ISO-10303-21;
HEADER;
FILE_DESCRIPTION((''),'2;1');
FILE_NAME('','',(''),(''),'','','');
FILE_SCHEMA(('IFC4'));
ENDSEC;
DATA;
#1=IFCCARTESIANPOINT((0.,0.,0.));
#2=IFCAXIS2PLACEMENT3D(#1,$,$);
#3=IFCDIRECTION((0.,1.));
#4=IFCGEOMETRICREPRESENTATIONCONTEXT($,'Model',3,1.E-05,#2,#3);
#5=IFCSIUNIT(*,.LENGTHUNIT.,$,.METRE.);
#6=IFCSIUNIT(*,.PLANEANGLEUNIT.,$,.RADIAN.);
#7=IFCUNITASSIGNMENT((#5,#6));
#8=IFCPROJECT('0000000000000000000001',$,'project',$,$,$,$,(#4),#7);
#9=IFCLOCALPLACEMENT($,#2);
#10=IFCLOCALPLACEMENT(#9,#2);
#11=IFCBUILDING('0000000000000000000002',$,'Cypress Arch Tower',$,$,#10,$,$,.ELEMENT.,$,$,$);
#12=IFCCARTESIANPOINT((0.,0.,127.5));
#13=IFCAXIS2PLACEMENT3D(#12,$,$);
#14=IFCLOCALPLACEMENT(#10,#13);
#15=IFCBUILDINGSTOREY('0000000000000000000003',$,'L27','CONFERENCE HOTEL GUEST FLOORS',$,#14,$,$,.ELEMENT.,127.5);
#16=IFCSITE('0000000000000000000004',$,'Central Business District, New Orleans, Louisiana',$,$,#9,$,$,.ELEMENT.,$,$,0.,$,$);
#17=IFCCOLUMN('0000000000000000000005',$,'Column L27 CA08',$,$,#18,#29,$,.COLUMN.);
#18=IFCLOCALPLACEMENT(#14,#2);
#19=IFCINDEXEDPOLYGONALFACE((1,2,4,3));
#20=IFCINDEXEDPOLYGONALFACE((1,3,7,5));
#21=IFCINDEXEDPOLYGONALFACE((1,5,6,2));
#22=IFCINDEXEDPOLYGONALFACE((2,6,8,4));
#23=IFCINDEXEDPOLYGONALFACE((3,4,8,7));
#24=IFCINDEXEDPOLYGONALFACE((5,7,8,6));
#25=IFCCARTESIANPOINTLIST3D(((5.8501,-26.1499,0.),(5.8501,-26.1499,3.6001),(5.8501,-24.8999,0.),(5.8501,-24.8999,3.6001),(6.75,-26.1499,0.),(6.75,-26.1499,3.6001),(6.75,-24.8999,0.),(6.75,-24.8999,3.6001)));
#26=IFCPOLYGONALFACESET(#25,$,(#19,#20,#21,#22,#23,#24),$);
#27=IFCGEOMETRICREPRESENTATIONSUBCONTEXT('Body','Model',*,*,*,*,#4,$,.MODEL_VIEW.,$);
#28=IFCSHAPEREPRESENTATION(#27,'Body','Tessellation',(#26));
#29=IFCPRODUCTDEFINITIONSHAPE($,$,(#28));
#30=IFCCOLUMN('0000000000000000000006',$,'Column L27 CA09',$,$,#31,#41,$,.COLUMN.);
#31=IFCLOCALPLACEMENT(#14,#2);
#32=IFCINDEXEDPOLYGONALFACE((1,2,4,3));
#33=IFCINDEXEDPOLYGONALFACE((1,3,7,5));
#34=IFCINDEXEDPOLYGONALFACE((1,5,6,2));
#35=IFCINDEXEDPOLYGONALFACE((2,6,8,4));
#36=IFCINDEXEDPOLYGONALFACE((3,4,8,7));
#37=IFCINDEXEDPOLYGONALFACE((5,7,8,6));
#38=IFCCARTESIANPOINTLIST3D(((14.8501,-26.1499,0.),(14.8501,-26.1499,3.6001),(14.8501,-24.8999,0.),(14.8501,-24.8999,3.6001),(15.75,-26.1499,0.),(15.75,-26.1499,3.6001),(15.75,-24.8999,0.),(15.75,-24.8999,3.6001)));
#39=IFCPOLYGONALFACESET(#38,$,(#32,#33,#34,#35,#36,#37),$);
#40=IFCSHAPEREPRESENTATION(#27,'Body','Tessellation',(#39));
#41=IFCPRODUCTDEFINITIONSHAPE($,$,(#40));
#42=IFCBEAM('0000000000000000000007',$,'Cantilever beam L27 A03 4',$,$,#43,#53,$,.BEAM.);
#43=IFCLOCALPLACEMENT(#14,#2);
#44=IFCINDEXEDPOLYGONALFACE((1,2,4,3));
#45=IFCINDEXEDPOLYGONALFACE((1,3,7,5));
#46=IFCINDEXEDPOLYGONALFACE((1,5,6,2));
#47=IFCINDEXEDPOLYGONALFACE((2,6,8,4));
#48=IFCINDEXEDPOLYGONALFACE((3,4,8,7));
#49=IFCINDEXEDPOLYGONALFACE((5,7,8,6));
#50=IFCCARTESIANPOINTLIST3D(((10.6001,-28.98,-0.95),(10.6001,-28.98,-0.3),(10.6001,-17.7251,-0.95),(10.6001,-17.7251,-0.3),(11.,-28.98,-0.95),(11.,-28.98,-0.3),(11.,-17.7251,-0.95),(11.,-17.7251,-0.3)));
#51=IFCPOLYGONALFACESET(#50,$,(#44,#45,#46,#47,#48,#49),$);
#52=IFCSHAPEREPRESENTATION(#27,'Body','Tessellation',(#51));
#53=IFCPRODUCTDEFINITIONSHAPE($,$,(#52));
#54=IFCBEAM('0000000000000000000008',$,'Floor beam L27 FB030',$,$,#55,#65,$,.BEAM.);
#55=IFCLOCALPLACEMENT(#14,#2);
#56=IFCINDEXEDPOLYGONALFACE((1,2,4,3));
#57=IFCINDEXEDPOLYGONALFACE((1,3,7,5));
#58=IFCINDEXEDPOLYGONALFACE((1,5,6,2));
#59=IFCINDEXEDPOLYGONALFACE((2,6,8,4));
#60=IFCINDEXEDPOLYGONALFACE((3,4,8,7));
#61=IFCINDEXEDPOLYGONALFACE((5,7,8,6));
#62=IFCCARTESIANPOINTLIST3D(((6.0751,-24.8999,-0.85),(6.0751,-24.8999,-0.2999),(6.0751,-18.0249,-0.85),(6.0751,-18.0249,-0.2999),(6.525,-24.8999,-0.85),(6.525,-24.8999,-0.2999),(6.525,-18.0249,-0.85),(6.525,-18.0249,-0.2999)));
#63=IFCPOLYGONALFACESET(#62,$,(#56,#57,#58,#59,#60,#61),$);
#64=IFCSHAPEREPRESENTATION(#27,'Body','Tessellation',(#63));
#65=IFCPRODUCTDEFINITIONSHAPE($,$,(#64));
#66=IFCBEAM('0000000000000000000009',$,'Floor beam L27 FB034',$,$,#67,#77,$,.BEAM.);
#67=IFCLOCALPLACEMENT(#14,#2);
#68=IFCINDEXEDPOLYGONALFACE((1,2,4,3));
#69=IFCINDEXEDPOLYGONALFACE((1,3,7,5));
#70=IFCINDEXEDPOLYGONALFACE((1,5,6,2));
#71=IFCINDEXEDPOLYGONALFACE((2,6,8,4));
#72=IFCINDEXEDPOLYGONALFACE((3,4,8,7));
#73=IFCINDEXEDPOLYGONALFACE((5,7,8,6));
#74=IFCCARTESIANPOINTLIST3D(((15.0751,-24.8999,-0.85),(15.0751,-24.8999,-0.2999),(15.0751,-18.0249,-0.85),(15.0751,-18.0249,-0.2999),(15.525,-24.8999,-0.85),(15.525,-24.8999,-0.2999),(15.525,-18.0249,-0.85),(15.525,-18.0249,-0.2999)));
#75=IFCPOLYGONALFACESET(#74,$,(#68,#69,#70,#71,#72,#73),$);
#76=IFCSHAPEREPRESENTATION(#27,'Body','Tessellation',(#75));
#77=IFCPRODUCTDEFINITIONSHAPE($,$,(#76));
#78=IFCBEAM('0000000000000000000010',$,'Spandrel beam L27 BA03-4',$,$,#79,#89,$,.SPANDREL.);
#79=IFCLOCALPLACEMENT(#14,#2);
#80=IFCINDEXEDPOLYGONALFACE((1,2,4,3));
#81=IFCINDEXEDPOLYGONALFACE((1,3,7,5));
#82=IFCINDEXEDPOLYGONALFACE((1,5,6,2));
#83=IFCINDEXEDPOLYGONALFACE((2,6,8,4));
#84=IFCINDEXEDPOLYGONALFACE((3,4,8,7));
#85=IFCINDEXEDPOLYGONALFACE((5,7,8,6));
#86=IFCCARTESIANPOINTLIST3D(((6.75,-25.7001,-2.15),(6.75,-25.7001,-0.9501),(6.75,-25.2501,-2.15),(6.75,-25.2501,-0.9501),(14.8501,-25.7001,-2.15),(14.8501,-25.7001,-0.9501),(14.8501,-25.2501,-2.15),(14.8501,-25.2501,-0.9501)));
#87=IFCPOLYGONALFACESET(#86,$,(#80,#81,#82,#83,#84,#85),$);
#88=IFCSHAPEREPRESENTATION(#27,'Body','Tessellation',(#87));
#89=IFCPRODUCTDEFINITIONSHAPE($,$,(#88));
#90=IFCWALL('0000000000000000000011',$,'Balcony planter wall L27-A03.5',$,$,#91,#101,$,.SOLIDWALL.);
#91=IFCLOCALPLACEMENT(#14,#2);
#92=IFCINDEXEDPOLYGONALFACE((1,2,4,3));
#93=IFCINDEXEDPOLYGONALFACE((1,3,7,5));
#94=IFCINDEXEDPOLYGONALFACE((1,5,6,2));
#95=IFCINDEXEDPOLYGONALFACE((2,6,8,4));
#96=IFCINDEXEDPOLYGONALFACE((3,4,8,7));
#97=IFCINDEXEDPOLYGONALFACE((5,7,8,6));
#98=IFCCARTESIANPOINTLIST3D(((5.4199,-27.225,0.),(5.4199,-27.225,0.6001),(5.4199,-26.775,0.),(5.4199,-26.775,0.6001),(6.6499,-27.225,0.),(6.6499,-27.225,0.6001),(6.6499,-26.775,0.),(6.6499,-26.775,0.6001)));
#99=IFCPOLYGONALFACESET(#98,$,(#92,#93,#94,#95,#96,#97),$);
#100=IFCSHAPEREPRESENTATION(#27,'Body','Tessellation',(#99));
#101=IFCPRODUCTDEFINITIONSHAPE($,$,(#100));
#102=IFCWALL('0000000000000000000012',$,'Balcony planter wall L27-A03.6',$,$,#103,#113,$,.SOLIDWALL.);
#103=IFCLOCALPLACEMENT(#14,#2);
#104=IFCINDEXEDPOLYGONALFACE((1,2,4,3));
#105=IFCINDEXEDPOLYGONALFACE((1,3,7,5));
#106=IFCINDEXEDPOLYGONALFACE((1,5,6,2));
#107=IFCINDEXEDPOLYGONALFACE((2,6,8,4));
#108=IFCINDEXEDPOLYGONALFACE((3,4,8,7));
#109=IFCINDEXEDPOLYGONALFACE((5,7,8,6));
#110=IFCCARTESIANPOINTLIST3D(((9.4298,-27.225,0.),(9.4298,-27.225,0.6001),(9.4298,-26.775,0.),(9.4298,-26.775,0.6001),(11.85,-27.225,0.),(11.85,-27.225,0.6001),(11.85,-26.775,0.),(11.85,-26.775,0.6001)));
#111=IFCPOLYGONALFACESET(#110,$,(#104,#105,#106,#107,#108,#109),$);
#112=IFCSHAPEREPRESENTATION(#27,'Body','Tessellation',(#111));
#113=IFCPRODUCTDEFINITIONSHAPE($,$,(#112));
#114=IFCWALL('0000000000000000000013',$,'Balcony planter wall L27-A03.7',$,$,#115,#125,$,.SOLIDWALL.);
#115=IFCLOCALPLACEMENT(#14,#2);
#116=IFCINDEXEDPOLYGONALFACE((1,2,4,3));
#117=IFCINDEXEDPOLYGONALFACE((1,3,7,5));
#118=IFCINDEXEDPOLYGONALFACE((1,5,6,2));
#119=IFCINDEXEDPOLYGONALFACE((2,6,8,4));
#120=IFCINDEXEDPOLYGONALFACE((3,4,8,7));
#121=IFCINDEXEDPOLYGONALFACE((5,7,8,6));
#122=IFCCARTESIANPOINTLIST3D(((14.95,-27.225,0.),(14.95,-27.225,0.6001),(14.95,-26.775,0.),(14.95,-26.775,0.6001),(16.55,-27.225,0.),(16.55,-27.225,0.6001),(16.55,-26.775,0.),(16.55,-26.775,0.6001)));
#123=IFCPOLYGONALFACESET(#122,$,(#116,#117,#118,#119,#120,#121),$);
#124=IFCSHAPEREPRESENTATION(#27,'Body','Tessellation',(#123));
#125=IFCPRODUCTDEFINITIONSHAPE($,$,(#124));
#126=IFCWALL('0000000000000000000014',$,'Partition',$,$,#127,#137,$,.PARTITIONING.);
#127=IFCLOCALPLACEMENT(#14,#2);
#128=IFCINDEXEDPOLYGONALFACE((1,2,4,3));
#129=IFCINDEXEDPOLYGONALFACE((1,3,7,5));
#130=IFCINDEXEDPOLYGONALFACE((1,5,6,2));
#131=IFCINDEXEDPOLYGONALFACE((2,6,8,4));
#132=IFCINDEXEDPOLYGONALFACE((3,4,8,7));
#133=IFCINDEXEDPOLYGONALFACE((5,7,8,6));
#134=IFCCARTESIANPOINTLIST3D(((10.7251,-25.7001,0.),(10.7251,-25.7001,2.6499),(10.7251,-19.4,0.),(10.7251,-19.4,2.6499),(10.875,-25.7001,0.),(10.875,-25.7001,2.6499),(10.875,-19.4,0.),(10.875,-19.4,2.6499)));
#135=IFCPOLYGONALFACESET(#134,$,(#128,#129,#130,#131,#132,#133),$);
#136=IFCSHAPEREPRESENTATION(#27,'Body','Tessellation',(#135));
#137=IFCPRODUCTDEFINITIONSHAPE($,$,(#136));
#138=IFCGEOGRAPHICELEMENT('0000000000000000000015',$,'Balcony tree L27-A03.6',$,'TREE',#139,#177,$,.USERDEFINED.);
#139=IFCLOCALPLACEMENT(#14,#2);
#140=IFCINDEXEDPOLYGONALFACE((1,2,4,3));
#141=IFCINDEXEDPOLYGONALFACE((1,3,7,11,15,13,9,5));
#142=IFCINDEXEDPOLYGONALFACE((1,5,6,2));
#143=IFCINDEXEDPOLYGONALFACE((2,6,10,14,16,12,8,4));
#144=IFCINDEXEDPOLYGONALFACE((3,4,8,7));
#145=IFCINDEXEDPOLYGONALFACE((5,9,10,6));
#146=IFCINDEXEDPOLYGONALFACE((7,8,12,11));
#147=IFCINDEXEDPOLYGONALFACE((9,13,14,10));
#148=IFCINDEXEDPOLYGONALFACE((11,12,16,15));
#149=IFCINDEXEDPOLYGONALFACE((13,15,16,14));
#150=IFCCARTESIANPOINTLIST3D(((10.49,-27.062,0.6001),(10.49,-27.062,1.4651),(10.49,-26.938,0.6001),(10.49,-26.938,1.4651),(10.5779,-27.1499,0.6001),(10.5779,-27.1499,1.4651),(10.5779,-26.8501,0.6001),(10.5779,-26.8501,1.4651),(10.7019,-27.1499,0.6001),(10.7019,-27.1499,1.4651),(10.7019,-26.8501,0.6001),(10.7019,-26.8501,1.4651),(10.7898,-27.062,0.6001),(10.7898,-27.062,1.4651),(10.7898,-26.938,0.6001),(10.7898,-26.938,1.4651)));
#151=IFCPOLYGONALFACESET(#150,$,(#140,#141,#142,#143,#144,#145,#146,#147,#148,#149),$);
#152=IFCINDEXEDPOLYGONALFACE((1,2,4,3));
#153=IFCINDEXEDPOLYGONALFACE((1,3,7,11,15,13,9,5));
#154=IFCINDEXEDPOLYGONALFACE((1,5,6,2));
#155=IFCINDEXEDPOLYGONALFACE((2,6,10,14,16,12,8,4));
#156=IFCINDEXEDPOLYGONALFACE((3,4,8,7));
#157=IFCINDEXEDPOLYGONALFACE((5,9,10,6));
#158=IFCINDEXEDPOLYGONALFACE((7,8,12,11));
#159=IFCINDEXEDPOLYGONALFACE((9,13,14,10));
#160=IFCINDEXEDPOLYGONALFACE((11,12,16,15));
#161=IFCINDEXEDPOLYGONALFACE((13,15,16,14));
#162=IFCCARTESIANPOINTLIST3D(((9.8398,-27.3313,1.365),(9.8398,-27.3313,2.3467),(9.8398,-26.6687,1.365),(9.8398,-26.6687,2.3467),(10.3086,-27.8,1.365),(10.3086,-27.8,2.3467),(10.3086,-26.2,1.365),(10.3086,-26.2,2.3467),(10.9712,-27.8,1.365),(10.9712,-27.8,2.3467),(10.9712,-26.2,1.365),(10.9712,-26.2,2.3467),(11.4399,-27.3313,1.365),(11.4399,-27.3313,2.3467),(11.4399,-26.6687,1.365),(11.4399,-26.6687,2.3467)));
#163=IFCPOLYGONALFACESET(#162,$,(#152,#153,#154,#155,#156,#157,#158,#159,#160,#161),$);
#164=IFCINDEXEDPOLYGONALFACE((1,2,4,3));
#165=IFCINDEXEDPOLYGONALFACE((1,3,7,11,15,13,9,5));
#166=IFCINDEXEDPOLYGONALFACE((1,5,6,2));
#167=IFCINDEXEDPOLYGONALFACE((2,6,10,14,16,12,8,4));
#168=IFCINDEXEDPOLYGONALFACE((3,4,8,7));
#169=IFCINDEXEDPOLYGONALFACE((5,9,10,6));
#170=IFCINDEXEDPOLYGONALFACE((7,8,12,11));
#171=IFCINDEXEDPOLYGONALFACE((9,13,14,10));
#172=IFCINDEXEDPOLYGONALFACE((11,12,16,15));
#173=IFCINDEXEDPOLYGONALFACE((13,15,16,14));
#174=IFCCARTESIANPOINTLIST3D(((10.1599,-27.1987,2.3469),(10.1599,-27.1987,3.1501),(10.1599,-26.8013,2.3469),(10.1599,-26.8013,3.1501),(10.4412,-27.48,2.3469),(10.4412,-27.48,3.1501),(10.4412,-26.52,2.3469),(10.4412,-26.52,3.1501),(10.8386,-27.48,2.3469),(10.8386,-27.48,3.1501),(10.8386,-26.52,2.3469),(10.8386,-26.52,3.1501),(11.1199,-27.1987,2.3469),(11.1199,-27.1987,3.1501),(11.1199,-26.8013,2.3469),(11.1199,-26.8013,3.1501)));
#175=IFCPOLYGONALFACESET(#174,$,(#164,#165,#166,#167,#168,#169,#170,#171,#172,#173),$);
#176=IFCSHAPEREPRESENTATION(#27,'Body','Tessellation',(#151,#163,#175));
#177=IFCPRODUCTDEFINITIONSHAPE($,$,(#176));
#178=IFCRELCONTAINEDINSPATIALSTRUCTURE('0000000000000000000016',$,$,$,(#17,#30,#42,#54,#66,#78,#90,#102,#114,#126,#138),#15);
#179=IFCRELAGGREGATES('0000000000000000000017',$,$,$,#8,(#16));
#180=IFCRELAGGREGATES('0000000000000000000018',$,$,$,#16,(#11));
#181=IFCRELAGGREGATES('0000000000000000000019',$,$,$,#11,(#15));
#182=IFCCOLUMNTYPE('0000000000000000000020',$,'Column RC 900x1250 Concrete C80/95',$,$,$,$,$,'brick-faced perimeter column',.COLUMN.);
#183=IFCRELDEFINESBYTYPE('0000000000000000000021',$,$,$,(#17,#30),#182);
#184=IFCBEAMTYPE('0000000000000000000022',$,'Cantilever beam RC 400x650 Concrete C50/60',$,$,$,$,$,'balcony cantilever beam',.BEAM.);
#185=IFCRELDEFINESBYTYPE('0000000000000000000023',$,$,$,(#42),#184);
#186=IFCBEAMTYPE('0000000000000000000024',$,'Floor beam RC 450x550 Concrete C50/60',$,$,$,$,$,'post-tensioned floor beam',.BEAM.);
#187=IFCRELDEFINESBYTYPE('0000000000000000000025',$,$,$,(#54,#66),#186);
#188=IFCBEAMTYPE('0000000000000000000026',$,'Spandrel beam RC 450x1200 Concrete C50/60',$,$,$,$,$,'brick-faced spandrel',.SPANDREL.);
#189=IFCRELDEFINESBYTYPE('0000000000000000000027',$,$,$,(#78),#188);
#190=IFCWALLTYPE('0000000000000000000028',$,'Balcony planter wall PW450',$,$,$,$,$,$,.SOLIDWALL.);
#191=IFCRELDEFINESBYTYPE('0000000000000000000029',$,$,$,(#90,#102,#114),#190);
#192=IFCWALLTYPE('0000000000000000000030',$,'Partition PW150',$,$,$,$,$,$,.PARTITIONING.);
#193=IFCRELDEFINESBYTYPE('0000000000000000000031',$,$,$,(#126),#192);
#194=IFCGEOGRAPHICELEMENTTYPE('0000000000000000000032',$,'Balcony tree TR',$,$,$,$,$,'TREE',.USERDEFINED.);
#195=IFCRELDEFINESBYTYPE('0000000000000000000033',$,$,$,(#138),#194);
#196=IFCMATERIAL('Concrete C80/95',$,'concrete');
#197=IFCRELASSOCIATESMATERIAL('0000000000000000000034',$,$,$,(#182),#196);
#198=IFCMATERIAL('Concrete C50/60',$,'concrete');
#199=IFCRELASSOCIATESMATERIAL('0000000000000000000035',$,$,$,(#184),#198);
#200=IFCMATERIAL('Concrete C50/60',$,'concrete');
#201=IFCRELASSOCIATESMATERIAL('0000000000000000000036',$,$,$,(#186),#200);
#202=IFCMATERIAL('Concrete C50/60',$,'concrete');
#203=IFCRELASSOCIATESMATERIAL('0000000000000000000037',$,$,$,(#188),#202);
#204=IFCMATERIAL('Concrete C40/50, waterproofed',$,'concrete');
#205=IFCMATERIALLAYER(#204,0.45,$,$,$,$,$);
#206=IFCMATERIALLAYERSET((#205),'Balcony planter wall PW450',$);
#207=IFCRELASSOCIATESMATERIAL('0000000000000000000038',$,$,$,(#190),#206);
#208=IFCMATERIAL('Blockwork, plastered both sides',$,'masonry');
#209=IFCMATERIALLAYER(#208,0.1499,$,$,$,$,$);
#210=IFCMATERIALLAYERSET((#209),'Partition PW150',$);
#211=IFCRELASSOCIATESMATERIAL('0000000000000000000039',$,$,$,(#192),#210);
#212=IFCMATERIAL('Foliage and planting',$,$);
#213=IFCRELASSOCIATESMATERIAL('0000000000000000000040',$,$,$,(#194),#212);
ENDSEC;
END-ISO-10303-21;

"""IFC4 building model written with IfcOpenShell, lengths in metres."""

from ifc_helpers import new_model, si_unit, direction, frame, frame_2d, origin, origin_2d, place, context, subcontext, project, spatial, polyline, rectangle, outline, extrude, material, layer, layer_set, material_profile, profile_set, type_object, element, save


model = new_model("IFC4")

# Units and contexts
model_context = context("Model", 3, precision=1e-05, world=origin(), true_north=direction((0.0, 1.0)))
body_context = subcontext(model_context, "Body", "Model", "MODEL_VIEW")
ifc_project = project(units=[si_unit("LENGTHUNIT", "METRE"), si_unit("PLANEANGLEUNIT", "RADIAN")], contexts=[model_context])

# Site, building, storey
site_placement = place(None, origin())
site = spatial("IfcSite", under=ifc_project, at=site_placement, Name="Central Business District, New Orleans, Louisiana", CompositionType="ELEMENT", RefElevation=0.0)
building_placement = place(site_placement, origin())
building = spatial("IfcBuilding", under=site, at=building_placement, Name="Cypress Arch Tower", CompositionType="ELEMENT")
storey_placement = place(building_placement, frame((0.0, 0.0, 127.5)))
storey = spatial("IfcBuildingStorey", under=building, at=storey_placement, Name="L27", Description="CONFERENCE HOTEL GUEST FLOORS", CompositionType="ELEMENT", Elevation=127.5)

# Columns
ifc_material_1 = material(Name="Concrete C80/95", Category="concrete")
ifc_material_profile_1 = material_profile(ifc_material_1, rectangle(XDim=0.8999, YDim=1.25, at=origin_2d()), Name="RC 900x1250")
ifc_profile_set_1 = profile_set([ifc_material_profile_1], Name="Concrete C80/95")
column_type = type_object("IfcColumnType", Name="Column RC 900x1250 Concrete C80/95", ElementType="brick-faced perimeter column", PredefinedType="COLUMN", material=ifc_profile_set_1)
for number, where, z_axis, x_axis, name in (
    (1, (6.3, -25.5249, 0.0), (0.0, 0.0, 1.0), (1.0, 0.0, 0.0), "Column L27 CA08"),
    (2, (15.3, -25.5249, 0.0), (0.0, 0.0, 1.0), (1.0, 0.0, 0.0), "Column L27 CA09"),
):
    element("IfcColumn", number, at=place(storey_placement, frame(where, z_axis=z_axis, x_axis=x_axis)), inside=storey, type_object=column_type, Name=name, PredefinedType="COLUMN", context=body_context, shape_type="SweptSolid", body=[
        extrude(rectangle(XDim=0.8999, YDim=1.25, at=origin_2d()), origin(), (0.0, 0.0, 1.0), 3.6001),
    ])

# Beams
ifc_material_2 = material(Name="Concrete C50/60", Category="concrete")
ifc_material_profile_2 = material_profile(ifc_material_2, rectangle(XDim=0.3999, YDim=0.6499, at=origin_2d()), Name="RC 400x650")
ifc_profile_set_2 = profile_set([ifc_material_profile_2], Name="Concrete C50/60")
beam_type_1 = type_object("IfcBeamType", Name="Cantilever beam RC 400x650 Concrete C50/60", ElementType="balcony cantilever beam", PredefinedType="BEAM", material=ifc_profile_set_2)
beam_1_placement = place(storey_placement, frame((10.8, -17.7251, -0.625), z_axis=(0.0, -1.0, 0.0), x_axis=(1.0, 0.0, 0.0)))
element("IfcBeam", 3, at=beam_1_placement, inside=storey, type_object=beam_type_1, Name="Cantilever beam L27 A03 4", PredefinedType="BEAM", context=body_context, shape_type="SweptSolid", body=[
    extrude(rectangle(XDim=0.3999, YDim=0.6499, at=origin_2d()), origin(), (0.0, 0.0, 1.0), 11.2549),
])
ifc_material_3 = material(Name="Concrete C50/60", Category="concrete")
ifc_material_profile_3 = material_profile(ifc_material_3, rectangle(XDim=0.45, YDim=0.55, at=origin_2d()), Name="RC 450x550")
ifc_profile_set_3 = profile_set([ifc_material_profile_3], Name="Concrete C50/60")
beam_type_2 = type_object("IfcBeamType", Name="Floor beam RC 450x550 Concrete C50/60", ElementType="post-tensioned floor beam", PredefinedType="BEAM", material=ifc_profile_set_3)
for number, where, z_axis, x_axis, name in (
    (4, (6.3, -24.8999, -0.575), (0.0, 1.0, 0.0), (-1.0, 0.0, 0.0), "Floor beam L27 FB030"),
    (5, (15.3, -24.8999, -0.575), (0.0, 1.0, 0.0), (-1.0, 0.0, 0.0), "Floor beam L27 FB034"),
):
    element("IfcBeam", number, at=place(storey_placement, frame(where, z_axis=z_axis, x_axis=x_axis)), inside=storey, type_object=beam_type_2, Name=name, PredefinedType="BEAM", context=body_context, shape_type="SweptSolid", body=[
        extrude(rectangle(XDim=0.45, YDim=0.55, at=origin_2d()), origin(), (0.0, 0.0, 1.0), 6.875),
    ])
ifc_material_4 = material(Name="Concrete C50/60", Category="concrete")
ifc_material_profile_4 = material_profile(ifc_material_4, rectangle(XDim=0.45, YDim=1.2, at=origin_2d()), Name="RC 450x1200")
ifc_profile_set_4 = profile_set([ifc_material_profile_4], Name="Concrete C50/60")
beam_type_3 = type_object("IfcBeamType", Name="Spandrel beam RC 450x1200 Concrete C50/60", ElementType="brick-faced spandrel", PredefinedType="SPANDREL", material=ifc_profile_set_4)
beam_2_placement = place(storey_placement, frame((6.75, -25.4751, -1.55), z_axis=(1.0, 0.0, 0.0), x_axis=(0.0, 1.0, 0.0)))
element("IfcBeam", 6, at=beam_2_placement, inside=storey, type_object=beam_type_3, Name="Spandrel beam L27 BA03-4", PredefinedType="SPANDREL", context=body_context, shape_type="SweptSolid", body=[
    extrude(rectangle(XDim=0.45, YDim=1.2, at=origin_2d()), origin(), (0.0, 0.0, 1.0), 8.1001),
])

# Walls
ifc_material_5 = material(Name="Concrete C40/50, waterproofed", Category="concrete")
ifc_layer_1 = layer(ifc_material_5, 0.45)
ifc_layer_set_1 = layer_set([ifc_layer_1], Name="Balcony planter wall PW450")
wall_type_1 = type_object("IfcWallType", Name="Balcony planter wall PW450", PredefinedType="SOLIDWALL", material=ifc_layer_set_1)
wall_1_placement = place(storey_placement, frame((5.4199, -27.0, 0.0), z_axis=(0.0, 0.0, 1.0), x_axis=(1.0, 0.0, 0.0)))
element("IfcWall", 7, at=wall_1_placement, inside=storey, type_object=wall_type_1, Name="Balcony planter wall L27-A03.5", PredefinedType="SOLIDWALL", context=body_context, shape_type="SweptSolid", body=[
    extrude(rectangle(XDim=1.23, YDim=0.45, at=frame_2d((0.615, 0.0))), origin(), (0.0, 0.0, 1.0), 0.6001),
])
wall_2_placement = place(storey_placement, frame((9.4299, -27.0, 0.0), z_axis=(0.0, 0.0, 1.0), x_axis=(1.0, 0.0, 0.0)))
element("IfcWall", 8, at=wall_2_placement, inside=storey, type_object=wall_type_1, Name="Balcony planter wall L27-A03.6", PredefinedType="SOLIDWALL", context=body_context, shape_type="SweptSolid", body=[
    extrude(rectangle(XDim=2.4202, YDim=0.45, at=frame_2d((1.21, 0.0))), origin(), (0.0, 0.0, 1.0), 0.6001),
])
wall_3_placement = place(storey_placement, frame((14.95, -27.0, 0.0), z_axis=(0.0, 0.0, 1.0), x_axis=(1.0, 0.0, 0.0)))
element("IfcWall", 9, at=wall_3_placement, inside=storey, type_object=wall_type_1, Name="Balcony planter wall L27-A03.7", PredefinedType="SOLIDWALL", context=body_context, shape_type="SweptSolid", body=[
    extrude(rectangle(XDim=1.6001, YDim=0.45, at=frame_2d((0.8, 0.0))), origin(), (0.0, 0.0, 1.0), 0.6001),
])

# Wall
ifc_material_6 = material(Name="Blockwork, plastered both sides", Category="masonry")
ifc_layer_2 = layer(ifc_material_6, 0.1499)
ifc_layer_set_2 = layer_set([ifc_layer_2], Name="Partition PW150")
wall_type_2 = type_object("IfcWallType", Name="Partition PW150", PredefinedType="PARTITIONING", material=ifc_layer_set_2)
wall_4_placement = place(storey_placement, frame((10.8, -25.7, 0.0), z_axis=(0.0, 0.0, 1.0), x_axis=(0.0, 1.0, 0.0)))
element("IfcWall", 10, at=wall_4_placement, inside=storey, type_object=wall_type_2, Name="Partition", PredefinedType="PARTITIONING", context=body_context, shape_type="SweptSolid", body=[
    extrude(rectangle(XDim=6.3, YDim=0.1499, at=frame_2d((3.1499, 0.0))), origin(), (0.0, 0.0, 1.0), 2.6499),
])

# Geographic element
ifc_material_7 = material(Name="Foliage and planting")
geographic_element_type = type_object("IfcGeographicElementType", Name="Balcony tree TR", ElementType="TREE", PredefinedType="USERDEFINED", material=ifc_material_7)
geographic_element_placement = place(storey_placement, frame((10.6399, -27.0, 0.6001), z_axis=(0.0, 0.0, 1.0), x_axis=(1.0, 0.0, 0.0)))
element("IfcGeographicElement", 11, at=geographic_element_placement, inside=storey, type_object=geographic_element_type, Name="Balcony tree L27-A03.6", ObjectType="TREE", PredefinedType="USERDEFINED", context=body_context, shape_type="SweptSolid", body=[
    extrude(outline(polyline([(0.1499, 0.062), (0.062, 0.1499), (-0.062, 0.1499), (-0.1499, 0.062), (-0.1499, -0.062), (-0.062, -0.1499), (0.062, -0.1499), (0.1499, -0.062), (0.1499, 0.062)])), origin(), (0.0, 0.0, 1.0), 0.865),
    extrude(outline(polyline([(0.8, 0.3313), (0.3313, 0.8), (-0.3313, 0.8), (-0.8, 0.3313), (-0.8, -0.3313), (-0.3313, -0.8), (0.3313, -0.8), (0.8, -0.3313), (0.8, 0.3313)])), frame((0.0, 0.0, 0.7649)), (0.0, 0.0, 1.0), 0.9817),
    extrude(outline(polyline([(0.48, 0.1987), (0.1987, 0.48), (-0.1987, 0.48), (-0.48, 0.1987), (-0.48, -0.1987), (-0.1987, -0.48), (0.1987, -0.48), (0.48, -0.1987), (0.48, 0.1987)])), frame((0.0, 0.0, 1.7468)), (0.0, 0.0, 1.0), 0.8032),
])

save(model, "model.ifc")
